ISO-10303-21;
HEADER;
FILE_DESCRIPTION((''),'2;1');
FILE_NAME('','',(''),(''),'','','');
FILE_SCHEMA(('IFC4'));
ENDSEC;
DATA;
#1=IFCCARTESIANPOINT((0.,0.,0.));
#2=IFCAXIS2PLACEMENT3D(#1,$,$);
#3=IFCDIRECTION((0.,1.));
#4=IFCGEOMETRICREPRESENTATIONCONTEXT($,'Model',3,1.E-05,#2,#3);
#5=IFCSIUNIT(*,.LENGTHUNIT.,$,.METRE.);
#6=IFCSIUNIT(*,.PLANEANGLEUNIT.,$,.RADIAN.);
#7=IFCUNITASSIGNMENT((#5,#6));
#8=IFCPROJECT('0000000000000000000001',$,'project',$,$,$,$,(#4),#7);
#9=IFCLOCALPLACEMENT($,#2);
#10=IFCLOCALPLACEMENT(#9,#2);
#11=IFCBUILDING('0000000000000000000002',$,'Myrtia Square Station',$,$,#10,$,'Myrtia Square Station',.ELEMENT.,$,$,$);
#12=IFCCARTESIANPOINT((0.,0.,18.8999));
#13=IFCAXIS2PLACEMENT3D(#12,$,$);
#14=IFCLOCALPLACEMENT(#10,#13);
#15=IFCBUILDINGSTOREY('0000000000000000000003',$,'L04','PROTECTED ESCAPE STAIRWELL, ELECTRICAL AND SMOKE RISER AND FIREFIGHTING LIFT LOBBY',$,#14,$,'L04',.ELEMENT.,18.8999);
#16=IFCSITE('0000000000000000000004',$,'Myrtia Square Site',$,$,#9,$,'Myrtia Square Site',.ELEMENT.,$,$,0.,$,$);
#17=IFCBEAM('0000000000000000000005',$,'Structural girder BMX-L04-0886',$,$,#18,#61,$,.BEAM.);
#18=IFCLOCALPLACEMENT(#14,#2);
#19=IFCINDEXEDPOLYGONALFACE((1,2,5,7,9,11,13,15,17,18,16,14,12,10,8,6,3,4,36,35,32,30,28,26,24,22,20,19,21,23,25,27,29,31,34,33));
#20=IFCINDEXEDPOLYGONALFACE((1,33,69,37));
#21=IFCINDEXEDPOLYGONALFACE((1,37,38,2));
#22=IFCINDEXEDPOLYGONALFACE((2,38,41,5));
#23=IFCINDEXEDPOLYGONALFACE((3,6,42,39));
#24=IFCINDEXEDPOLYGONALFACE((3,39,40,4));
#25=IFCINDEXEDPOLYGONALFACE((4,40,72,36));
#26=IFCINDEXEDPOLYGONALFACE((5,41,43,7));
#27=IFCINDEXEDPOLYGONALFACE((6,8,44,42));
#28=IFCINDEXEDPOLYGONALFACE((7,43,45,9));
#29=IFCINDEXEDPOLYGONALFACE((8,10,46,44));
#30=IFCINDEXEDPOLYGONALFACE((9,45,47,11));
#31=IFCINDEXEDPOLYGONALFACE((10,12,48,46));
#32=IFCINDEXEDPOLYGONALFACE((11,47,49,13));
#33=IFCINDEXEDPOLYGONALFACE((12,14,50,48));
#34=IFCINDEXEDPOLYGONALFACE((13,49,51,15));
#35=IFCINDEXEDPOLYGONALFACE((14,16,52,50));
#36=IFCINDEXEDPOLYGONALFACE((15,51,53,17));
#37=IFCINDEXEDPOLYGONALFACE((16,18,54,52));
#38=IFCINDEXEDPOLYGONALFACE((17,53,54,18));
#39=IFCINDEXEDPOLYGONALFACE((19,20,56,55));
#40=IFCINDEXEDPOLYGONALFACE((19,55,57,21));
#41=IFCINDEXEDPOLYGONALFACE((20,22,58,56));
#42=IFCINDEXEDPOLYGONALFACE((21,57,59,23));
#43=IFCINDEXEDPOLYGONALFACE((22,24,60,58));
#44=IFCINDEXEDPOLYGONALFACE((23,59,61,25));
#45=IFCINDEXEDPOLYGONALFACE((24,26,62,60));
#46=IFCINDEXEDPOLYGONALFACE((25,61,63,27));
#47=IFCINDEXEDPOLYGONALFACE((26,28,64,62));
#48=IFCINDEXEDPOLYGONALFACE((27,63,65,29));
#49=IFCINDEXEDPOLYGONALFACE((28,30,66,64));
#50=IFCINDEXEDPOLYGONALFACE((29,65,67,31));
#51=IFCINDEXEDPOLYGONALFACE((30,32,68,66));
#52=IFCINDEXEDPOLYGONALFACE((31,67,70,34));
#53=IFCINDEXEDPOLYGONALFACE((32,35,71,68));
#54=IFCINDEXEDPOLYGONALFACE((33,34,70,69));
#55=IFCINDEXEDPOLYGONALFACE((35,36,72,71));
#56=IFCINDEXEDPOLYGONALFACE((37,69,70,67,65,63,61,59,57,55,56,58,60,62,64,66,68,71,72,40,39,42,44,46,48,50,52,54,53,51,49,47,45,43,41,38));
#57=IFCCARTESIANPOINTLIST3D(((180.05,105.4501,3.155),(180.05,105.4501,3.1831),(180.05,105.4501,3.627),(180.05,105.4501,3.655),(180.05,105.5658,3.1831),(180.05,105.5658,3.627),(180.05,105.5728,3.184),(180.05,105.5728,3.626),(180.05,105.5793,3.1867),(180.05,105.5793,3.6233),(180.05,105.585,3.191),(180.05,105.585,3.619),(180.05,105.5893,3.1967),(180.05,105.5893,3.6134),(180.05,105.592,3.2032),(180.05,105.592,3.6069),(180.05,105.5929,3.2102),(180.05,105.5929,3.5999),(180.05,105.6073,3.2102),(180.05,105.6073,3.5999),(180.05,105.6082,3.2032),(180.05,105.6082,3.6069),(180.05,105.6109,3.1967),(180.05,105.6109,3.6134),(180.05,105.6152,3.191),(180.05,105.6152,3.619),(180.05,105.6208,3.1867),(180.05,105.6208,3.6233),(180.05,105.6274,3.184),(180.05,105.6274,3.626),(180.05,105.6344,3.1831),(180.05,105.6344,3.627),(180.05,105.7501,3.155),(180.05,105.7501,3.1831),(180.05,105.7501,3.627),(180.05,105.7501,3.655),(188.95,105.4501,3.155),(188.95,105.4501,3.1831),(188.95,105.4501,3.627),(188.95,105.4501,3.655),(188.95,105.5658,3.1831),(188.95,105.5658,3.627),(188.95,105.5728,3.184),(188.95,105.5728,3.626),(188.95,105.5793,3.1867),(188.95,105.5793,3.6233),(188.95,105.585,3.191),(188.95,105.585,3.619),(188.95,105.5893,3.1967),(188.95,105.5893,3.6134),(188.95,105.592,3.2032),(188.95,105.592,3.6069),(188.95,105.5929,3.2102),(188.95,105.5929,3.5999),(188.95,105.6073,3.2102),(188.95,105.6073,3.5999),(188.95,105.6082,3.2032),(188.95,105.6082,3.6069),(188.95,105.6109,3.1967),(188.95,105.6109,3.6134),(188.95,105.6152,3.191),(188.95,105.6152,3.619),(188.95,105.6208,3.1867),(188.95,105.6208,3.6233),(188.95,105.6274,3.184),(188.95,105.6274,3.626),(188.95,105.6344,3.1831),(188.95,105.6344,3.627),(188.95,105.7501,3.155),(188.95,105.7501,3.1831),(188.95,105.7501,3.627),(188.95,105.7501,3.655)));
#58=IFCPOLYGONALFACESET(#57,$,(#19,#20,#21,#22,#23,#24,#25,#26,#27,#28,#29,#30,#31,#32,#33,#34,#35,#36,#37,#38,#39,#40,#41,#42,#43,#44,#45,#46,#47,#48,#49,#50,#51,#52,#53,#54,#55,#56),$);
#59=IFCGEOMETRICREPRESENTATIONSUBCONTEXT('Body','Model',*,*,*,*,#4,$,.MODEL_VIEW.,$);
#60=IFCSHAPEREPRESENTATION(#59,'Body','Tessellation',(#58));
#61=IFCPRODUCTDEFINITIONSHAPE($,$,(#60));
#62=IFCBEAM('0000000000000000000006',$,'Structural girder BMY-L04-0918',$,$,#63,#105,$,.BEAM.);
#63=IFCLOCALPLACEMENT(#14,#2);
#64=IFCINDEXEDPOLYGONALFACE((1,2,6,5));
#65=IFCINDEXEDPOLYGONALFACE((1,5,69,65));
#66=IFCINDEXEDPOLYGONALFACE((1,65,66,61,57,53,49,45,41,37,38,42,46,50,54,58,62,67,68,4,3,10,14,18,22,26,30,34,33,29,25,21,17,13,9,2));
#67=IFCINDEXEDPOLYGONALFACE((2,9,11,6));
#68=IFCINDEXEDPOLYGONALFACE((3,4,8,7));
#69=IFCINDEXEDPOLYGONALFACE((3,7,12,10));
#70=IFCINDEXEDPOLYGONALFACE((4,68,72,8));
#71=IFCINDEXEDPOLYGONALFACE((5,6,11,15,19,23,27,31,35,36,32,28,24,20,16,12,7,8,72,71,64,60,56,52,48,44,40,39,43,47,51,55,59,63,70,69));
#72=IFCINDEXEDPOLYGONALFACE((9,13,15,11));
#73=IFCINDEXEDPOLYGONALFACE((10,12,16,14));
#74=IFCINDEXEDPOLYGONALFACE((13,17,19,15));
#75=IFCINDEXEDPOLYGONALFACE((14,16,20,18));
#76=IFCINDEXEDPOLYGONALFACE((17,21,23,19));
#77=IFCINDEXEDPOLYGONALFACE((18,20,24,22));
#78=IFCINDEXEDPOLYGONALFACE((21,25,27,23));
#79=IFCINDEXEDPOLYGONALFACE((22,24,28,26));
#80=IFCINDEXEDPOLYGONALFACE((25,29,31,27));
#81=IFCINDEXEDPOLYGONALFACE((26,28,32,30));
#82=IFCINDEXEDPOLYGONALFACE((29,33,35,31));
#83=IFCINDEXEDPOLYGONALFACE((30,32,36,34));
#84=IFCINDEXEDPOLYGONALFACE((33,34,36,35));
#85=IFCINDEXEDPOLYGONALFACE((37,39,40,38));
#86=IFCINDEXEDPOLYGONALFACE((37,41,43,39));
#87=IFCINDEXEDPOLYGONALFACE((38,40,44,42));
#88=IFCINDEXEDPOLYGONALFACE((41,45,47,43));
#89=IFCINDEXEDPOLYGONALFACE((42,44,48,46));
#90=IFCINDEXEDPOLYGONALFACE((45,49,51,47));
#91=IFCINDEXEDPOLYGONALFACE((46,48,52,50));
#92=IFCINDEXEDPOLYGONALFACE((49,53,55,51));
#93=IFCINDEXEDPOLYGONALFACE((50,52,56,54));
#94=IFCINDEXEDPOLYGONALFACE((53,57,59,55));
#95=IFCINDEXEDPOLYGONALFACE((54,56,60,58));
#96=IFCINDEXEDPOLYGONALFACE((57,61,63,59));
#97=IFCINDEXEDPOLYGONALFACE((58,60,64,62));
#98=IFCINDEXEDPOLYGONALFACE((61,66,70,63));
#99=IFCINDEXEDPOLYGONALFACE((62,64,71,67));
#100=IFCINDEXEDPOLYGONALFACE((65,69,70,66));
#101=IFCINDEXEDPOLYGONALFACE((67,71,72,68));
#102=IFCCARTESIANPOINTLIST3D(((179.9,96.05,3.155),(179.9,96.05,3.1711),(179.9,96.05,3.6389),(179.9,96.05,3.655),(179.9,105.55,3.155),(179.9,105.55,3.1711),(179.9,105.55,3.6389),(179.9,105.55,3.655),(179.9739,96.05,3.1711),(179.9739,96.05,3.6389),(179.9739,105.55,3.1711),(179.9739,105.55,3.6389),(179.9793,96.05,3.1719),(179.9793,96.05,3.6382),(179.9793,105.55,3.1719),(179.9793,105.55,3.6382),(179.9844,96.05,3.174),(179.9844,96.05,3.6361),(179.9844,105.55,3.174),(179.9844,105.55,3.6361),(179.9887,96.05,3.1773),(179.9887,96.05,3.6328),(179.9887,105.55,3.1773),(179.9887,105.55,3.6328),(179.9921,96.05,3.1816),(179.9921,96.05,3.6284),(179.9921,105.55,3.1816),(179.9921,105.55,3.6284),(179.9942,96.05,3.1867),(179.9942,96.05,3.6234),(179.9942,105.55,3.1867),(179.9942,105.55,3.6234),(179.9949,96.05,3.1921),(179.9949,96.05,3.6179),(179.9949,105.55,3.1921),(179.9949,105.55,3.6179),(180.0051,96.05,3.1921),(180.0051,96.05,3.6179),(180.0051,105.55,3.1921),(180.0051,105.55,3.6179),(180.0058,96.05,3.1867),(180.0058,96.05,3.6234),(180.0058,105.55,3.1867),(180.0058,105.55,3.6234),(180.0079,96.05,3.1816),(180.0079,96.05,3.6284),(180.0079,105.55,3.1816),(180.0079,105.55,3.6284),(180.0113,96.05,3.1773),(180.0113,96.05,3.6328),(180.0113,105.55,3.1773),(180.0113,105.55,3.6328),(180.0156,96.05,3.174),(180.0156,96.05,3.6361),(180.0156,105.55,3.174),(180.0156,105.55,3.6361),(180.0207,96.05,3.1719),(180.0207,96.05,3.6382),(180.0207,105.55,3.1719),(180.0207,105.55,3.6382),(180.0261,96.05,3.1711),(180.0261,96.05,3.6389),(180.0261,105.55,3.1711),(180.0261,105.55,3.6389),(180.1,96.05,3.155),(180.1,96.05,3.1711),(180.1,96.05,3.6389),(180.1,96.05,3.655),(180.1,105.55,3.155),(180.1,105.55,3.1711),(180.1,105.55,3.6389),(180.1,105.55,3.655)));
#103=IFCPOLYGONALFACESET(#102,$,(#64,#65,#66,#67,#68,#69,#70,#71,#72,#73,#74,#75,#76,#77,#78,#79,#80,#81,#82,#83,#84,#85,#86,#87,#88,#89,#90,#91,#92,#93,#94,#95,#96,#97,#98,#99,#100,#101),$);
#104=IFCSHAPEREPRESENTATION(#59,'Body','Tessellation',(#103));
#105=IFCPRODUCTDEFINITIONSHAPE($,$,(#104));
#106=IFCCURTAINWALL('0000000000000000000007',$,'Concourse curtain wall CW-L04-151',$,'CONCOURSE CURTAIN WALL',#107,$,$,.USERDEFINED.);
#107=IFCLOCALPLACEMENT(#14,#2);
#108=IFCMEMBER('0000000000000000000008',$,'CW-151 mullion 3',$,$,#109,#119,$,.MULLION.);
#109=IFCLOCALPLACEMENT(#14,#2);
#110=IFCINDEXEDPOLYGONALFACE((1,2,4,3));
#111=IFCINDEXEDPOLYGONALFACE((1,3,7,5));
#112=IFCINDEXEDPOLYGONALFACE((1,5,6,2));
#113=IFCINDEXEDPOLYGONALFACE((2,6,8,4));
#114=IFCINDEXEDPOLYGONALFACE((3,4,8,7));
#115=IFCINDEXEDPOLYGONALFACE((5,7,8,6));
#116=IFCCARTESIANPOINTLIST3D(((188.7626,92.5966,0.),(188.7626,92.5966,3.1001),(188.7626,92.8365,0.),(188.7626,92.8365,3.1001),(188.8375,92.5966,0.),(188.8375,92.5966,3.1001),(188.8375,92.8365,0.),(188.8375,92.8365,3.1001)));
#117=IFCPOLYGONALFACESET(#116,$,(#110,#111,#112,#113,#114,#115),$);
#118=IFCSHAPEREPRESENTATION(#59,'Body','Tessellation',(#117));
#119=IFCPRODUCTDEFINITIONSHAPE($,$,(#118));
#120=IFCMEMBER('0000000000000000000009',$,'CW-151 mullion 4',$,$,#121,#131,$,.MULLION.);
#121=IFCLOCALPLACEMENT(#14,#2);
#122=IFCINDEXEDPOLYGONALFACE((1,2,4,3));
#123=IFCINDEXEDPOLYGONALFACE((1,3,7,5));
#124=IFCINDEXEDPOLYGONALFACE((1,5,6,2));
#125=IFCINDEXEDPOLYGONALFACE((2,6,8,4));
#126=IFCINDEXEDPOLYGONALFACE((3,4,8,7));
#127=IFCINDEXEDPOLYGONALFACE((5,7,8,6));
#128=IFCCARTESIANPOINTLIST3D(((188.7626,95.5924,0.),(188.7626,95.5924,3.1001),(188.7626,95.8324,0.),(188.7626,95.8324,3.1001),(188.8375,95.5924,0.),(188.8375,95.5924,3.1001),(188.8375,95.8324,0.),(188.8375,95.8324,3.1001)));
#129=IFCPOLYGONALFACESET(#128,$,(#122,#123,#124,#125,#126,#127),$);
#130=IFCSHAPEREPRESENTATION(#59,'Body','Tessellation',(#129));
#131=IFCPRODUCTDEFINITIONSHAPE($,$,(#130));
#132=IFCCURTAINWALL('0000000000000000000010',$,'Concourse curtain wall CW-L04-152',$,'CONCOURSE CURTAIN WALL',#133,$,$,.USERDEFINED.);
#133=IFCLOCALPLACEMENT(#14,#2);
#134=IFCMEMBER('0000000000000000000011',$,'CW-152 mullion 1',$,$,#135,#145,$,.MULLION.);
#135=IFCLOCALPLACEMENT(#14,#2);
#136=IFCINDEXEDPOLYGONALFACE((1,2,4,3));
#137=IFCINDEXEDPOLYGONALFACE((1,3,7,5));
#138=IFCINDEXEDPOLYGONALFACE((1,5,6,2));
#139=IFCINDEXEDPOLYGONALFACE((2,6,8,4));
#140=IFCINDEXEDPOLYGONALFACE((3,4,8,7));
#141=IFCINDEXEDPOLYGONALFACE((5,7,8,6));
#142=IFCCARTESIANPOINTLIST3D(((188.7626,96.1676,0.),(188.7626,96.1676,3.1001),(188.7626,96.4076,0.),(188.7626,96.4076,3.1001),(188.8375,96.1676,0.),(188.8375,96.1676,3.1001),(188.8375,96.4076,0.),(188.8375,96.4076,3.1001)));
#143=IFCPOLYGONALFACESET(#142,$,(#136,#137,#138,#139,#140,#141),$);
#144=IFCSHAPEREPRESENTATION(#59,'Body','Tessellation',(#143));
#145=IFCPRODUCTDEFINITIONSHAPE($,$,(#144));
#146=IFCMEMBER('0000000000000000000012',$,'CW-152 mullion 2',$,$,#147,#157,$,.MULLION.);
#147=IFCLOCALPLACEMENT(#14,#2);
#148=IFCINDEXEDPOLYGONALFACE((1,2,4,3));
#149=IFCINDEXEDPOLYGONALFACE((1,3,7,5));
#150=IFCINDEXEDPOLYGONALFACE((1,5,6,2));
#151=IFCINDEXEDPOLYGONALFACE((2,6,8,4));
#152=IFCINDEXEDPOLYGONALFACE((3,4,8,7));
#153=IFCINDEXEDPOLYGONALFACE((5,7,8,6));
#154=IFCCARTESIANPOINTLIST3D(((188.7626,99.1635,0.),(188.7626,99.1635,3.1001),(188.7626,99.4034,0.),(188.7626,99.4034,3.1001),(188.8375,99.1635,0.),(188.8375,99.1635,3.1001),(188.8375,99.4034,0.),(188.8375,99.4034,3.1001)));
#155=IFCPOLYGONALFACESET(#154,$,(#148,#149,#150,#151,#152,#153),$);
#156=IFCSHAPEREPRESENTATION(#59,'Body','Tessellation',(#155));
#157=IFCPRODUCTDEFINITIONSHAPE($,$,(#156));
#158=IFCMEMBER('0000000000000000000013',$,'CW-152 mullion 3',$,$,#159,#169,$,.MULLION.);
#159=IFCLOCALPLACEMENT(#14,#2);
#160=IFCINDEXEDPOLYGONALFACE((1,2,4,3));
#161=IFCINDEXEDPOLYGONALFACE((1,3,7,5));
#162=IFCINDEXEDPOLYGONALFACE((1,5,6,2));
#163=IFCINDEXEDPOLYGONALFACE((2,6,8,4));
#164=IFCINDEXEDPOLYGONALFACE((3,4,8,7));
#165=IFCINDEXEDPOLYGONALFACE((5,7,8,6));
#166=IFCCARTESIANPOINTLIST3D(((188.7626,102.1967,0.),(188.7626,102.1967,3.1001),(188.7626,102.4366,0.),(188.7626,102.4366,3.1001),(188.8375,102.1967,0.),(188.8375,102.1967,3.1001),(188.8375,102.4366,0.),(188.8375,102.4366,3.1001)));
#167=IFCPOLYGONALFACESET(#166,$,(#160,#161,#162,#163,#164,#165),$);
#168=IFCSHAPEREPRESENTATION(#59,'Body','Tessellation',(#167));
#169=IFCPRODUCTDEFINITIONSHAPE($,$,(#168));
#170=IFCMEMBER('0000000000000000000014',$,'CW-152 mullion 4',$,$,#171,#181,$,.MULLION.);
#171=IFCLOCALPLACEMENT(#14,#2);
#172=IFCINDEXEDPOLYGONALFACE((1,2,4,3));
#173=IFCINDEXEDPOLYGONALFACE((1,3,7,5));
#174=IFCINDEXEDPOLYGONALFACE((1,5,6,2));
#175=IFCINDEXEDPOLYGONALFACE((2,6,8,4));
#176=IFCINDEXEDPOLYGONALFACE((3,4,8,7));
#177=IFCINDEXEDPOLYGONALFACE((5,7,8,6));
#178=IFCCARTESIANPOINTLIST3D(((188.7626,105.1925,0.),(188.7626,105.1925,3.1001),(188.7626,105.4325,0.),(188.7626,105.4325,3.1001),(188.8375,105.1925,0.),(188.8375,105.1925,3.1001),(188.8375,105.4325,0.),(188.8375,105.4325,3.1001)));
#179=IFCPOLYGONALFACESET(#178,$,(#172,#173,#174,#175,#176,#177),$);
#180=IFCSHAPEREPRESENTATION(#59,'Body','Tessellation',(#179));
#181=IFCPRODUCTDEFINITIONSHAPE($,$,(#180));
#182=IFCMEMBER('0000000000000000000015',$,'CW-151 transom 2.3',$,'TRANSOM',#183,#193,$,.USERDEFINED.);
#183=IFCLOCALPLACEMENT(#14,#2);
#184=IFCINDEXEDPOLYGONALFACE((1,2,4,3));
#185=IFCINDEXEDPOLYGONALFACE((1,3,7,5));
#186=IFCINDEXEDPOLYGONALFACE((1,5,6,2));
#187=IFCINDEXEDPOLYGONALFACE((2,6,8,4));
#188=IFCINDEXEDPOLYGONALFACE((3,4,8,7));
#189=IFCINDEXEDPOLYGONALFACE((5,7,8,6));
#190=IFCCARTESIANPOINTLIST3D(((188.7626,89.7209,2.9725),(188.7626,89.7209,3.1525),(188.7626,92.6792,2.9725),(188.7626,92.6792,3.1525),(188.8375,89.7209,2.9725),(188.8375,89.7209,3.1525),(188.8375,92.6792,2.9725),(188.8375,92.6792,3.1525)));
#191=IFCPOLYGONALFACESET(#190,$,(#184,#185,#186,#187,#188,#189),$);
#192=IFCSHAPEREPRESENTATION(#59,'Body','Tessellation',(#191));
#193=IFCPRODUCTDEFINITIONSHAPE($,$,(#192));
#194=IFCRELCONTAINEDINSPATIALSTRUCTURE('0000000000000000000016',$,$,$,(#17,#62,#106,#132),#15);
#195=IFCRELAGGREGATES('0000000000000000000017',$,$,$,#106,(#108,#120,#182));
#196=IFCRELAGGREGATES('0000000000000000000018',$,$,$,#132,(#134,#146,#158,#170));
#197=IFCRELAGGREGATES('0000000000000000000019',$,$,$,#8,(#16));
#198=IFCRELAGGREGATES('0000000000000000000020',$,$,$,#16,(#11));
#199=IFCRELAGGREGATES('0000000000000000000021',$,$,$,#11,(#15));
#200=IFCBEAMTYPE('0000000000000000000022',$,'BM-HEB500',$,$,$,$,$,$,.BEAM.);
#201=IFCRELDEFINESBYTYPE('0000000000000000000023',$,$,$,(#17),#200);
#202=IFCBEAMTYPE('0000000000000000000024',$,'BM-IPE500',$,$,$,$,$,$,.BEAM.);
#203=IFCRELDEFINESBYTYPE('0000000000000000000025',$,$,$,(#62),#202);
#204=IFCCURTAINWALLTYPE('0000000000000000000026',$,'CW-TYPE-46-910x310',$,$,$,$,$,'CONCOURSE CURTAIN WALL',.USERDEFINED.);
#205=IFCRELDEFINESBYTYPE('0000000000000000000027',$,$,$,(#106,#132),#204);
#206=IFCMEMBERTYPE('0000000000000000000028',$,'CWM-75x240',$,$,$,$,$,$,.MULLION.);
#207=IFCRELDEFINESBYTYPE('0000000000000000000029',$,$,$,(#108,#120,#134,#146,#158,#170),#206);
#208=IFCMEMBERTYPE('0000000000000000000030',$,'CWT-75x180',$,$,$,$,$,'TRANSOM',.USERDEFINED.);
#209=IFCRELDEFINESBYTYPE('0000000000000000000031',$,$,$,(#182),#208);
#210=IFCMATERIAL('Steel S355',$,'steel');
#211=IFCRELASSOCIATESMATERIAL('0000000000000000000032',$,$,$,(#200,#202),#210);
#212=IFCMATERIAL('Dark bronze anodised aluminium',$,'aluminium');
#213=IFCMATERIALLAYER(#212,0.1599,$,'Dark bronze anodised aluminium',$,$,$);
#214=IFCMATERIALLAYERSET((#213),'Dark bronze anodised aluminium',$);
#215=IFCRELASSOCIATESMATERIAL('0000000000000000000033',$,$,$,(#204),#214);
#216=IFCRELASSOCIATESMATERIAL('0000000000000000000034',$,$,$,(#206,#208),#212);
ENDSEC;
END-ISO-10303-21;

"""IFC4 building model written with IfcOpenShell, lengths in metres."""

from ifc_helpers import new_model, si_unit, direction, frame, origin, origin_2d, place, context, subcontext, project, spatial, rectangle, i_section, extrude, material, layer, layer_set, material_profile, profile_set, type_object, element, aggregate, save


model = new_model("IFC4")

# Units and contexts
model_context = context("Model", 3, precision=1e-05, world=origin(), true_north=direction((0.0, 1.0)))
body_context = subcontext(model_context, "Body", "Model", "MODEL_VIEW")
ifc_project = project(units=[si_unit("LENGTHUNIT", "METRE"), si_unit("PLANEANGLEUNIT", "RADIAN")], contexts=[model_context])

# Site, building, storey
site_placement = place(None, origin())
site = spatial("IfcSite", under=ifc_project, at=site_placement, Name="Myrtia Square Site", LongName="Myrtia Square Site", CompositionType="ELEMENT", RefElevation=0.0)
building_placement = place(site_placement, origin())
building = spatial("IfcBuilding", under=site, at=building_placement, Name="Myrtia Square Station", LongName="Myrtia Square Station", CompositionType="ELEMENT")
storey_placement = place(building_placement, frame((0.0, 0.0, 18.8999)))
storey = spatial("IfcBuildingStorey", under=building, at=storey_placement, Name="L04", Description="PROTECTED ESCAPE STAIRWELL, ELECTRICAL AND SMOKE RISER AND FIREFIGHTING LIFT LOBBY", LongName="L04", CompositionType="ELEMENT", Elevation=18.8999)

# Shared definitions
ifc_material_1 = material(Name="Steel S355", Category="steel")

# Beams
ifc_material_profile_1 = material_profile(ifc_material_1, i_section(OverallWidth=0.3, OverallDepth=0.5, WebThickness=0.0144, FlangeThickness=0.0281, FilletRadius=0.0271, at=origin_2d()), Name="HEB 500")
ifc_profile_set_1 = profile_set([ifc_material_profile_1], Name="Steel S355")
beam_type_1 = type_object("IfcBeamType", Name="BM-HEB500", PredefinedType="BEAM", material=ifc_profile_set_1)
beam_1_placement = place(storey_placement, frame((180.05, 105.6001, 3.405), z_axis=(1.0, 0.0, 0.0), x_axis=(0.0, 1.0, 0.0)))
element("IfcBeam", 1, at=beam_1_placement, inside=storey, type_object=beam_type_1, Name="Structural girder BMX-L04-0886", PredefinedType="BEAM", context=body_context, shape_type="SweptSolid", body=[
    extrude(i_section(OverallWidth=0.3, OverallDepth=0.5, WebThickness=0.0144, FlangeThickness=0.0281, FilletRadius=0.0271, at=origin_2d()), origin(), (0.0, 0.0, 1.0), 8.8999),
])
ifc_material_profile_2 = material_profile(ifc_material_1, i_section(OverallWidth=0.2, OverallDepth=0.5, WebThickness=0.0103, FlangeThickness=0.0161, FilletRadius=0.021, at=origin_2d()), Name="IPE 500")
ifc_profile_set_2 = profile_set([ifc_material_profile_2], Name="Steel S355")
beam_type_2 = type_object("IfcBeamType", Name="BM-IPE500", PredefinedType="BEAM", material=ifc_profile_set_2)
beam_2_placement = place(storey_placement, frame((180.0, 96.05, 3.405), z_axis=(0.0, 1.0, 0.0), x_axis=(-1.0, 0.0, 0.0)))
element("IfcBeam", 2, at=beam_2_placement, inside=storey, type_object=beam_type_2, Name="Structural girder BMY-L04-0918", PredefinedType="BEAM", context=body_context, shape_type="SweptSolid", body=[
    extrude(i_section(OverallWidth=0.2, OverallDepth=0.5, WebThickness=0.0103, FlangeThickness=0.0161, FilletRadius=0.021, at=origin_2d()), origin(), (0.0, 0.0, 1.0), 9.5),
])

# Curtain walls, members
ifc_material_2 = material(Name="Dark bronze anodised aluminium", Category="aluminium")
ifc_layer_1 = layer(ifc_material_2, 0.1599, Name="Dark bronze anodised aluminium")
ifc_layer_set_1 = layer_set([ifc_layer_1], Name="Dark bronze anodised aluminium")
curtain_wall_type = type_object("IfcCurtainWallType", Name="CW-TYPE-46-910x310", ElementType="CONCOURSE CURTAIN WALL", PredefinedType="USERDEFINED", material=ifc_layer_set_1)
curtain_wall_1_placement = place(storey_placement, origin())
curtain_wall_1 = element("IfcCurtainWall", 3, at=curtain_wall_1_placement, inside=storey, type_object=curtain_wall_type, Name="Concourse curtain wall CW-L04-151", ObjectType="CONCOURSE CURTAIN WALL", PredefinedType="USERDEFINED")
ifc_material_profile_3 = material_profile(ifc_material_2, rectangle(XDim=0.075, YDim=0.24, at=origin_2d()), Name="ALU-M 75x240")
ifc_profile_set_3 = profile_set([ifc_material_profile_3], Name="Dark bronze anodised aluminium")
member_type_1 = type_object("IfcMemberType", Name="CWM-75x240", PredefinedType="MULLION", material=ifc_profile_set_3)
member_1_placement = place(storey_placement, frame((188.8, 92.7166, 0.0), z_axis=(0.0, 0.0, 1.0), x_axis=(-1.0, 0.0, 0.0)))
member_1 = element("IfcMember", 4, at=member_1_placement, type_object=member_type_1, Name="CW-151 mullion 3", PredefinedType="MULLION", context=body_context, shape_type="SweptSolid", body=[
    extrude(rectangle(XDim=0.075, YDim=0.24, at=origin_2d()), origin(), (0.0, 0.0, 1.0), 3.1001),
])
member_2_placement = place(storey_placement, frame((188.8, 95.7124, 0.0), z_axis=(0.0, 0.0, 1.0), x_axis=(-1.0, 0.0, 0.0)))
member_2 = element("IfcMember", 5, at=member_2_placement, type_object=member_type_1, Name="CW-151 mullion 4", PredefinedType="MULLION", context=body_context, shape_type="SweptSolid", body=[
    extrude(rectangle(XDim=0.075, YDim=0.24, at=origin_2d()), origin(), (0.0, 0.0, 1.0), 3.1001),
])
curtain_wall_2_placement = place(storey_placement, origin())
curtain_wall_2 = element("IfcCurtainWall", 6, at=curtain_wall_2_placement, inside=storey, type_object=curtain_wall_type, Name="Concourse curtain wall CW-L04-152", ObjectType="CONCOURSE CURTAIN WALL", PredefinedType="USERDEFINED")
member_3_placement = place(storey_placement, frame((188.8, 96.2876, 0.0), z_axis=(0.0, 0.0, 1.0), x_axis=(-1.0, 0.0, 0.0)))
member_3 = element("IfcMember", 7, at=member_3_placement, type_object=member_type_1, Name="CW-152 mullion 1", PredefinedType="MULLION", context=body_context, shape_type="SweptSolid", body=[
    extrude(rectangle(XDim=0.075, YDim=0.24, at=origin_2d()), origin(), (0.0, 0.0, 1.0), 3.1001),
])
member_4_placement = place(storey_placement, frame((188.8, 99.2834, 0.0), z_axis=(0.0, 0.0, 1.0), x_axis=(-1.0, 0.0, 0.0)))
member_4 = element("IfcMember", 8, at=member_4_placement, type_object=member_type_1, Name="CW-152 mullion 2", PredefinedType="MULLION", context=body_context, shape_type="SweptSolid", body=[
    extrude(rectangle(XDim=0.075, YDim=0.24, at=origin_2d()), origin(), (0.0, 0.0, 1.0), 3.1001),
])
member_5_placement = place(storey_placement, frame((188.8, 102.3167, 0.0), z_axis=(0.0, 0.0, 1.0), x_axis=(-1.0, 0.0, 0.0)))
member_5 = element("IfcMember", 9, at=member_5_placement, type_object=member_type_1, Name="CW-152 mullion 3", PredefinedType="MULLION", context=body_context, shape_type="SweptSolid", body=[
    extrude(rectangle(XDim=0.075, YDim=0.24, at=origin_2d()), origin(), (0.0, 0.0, 1.0), 3.1001),
])
member_6_placement = place(storey_placement, frame((188.8, 105.3125, 0.0), z_axis=(0.0, 0.0, 1.0), x_axis=(-1.0, 0.0, 0.0)))
member_6 = element("IfcMember", 10, at=member_6_placement, type_object=member_type_1, Name="CW-152 mullion 4", PredefinedType="MULLION", context=body_context, shape_type="SweptSolid", body=[
    extrude(rectangle(XDim=0.075, YDim=0.24, at=origin_2d()), origin(), (0.0, 0.0, 1.0), 3.1001),
])

# Member
ifc_material_profile_4 = material_profile(ifc_material_2, rectangle(XDim=0.075, YDim=0.1799, at=origin_2d()), Name="ALU-T 75x180")
ifc_profile_set_4 = profile_set([ifc_material_profile_4], Name="Dark bronze anodised aluminium")
member_type_2 = type_object("IfcMemberType", Name="CWT-75x180", ElementType="TRANSOM", PredefinedType="USERDEFINED", material=ifc_profile_set_4)
member_7_placement = place(storey_placement, frame((188.8, 89.7209, 3.0625), z_axis=(0.0, 1.0, 0.0), x_axis=(-1.0, 0.0, 0.0)))
member_7 = element("IfcMember", 11, at=member_7_placement, type_object=member_type_2, Name="CW-151 transom 2.3", ObjectType="TRANSOM", PredefinedType="USERDEFINED", context=body_context, shape_type="SweptSolid", body=[
    extrude(rectangle(XDim=0.075, YDim=0.1799, at=origin_2d()), origin(), (0.0, 0.0, 1.0), 2.9583),
])

aggregate(curtain_wall_1, [member_1, member_2, member_7])
aggregate(curtain_wall_2, [member_3, member_4, member_5, member_6])

save(model, "model.ifc")
